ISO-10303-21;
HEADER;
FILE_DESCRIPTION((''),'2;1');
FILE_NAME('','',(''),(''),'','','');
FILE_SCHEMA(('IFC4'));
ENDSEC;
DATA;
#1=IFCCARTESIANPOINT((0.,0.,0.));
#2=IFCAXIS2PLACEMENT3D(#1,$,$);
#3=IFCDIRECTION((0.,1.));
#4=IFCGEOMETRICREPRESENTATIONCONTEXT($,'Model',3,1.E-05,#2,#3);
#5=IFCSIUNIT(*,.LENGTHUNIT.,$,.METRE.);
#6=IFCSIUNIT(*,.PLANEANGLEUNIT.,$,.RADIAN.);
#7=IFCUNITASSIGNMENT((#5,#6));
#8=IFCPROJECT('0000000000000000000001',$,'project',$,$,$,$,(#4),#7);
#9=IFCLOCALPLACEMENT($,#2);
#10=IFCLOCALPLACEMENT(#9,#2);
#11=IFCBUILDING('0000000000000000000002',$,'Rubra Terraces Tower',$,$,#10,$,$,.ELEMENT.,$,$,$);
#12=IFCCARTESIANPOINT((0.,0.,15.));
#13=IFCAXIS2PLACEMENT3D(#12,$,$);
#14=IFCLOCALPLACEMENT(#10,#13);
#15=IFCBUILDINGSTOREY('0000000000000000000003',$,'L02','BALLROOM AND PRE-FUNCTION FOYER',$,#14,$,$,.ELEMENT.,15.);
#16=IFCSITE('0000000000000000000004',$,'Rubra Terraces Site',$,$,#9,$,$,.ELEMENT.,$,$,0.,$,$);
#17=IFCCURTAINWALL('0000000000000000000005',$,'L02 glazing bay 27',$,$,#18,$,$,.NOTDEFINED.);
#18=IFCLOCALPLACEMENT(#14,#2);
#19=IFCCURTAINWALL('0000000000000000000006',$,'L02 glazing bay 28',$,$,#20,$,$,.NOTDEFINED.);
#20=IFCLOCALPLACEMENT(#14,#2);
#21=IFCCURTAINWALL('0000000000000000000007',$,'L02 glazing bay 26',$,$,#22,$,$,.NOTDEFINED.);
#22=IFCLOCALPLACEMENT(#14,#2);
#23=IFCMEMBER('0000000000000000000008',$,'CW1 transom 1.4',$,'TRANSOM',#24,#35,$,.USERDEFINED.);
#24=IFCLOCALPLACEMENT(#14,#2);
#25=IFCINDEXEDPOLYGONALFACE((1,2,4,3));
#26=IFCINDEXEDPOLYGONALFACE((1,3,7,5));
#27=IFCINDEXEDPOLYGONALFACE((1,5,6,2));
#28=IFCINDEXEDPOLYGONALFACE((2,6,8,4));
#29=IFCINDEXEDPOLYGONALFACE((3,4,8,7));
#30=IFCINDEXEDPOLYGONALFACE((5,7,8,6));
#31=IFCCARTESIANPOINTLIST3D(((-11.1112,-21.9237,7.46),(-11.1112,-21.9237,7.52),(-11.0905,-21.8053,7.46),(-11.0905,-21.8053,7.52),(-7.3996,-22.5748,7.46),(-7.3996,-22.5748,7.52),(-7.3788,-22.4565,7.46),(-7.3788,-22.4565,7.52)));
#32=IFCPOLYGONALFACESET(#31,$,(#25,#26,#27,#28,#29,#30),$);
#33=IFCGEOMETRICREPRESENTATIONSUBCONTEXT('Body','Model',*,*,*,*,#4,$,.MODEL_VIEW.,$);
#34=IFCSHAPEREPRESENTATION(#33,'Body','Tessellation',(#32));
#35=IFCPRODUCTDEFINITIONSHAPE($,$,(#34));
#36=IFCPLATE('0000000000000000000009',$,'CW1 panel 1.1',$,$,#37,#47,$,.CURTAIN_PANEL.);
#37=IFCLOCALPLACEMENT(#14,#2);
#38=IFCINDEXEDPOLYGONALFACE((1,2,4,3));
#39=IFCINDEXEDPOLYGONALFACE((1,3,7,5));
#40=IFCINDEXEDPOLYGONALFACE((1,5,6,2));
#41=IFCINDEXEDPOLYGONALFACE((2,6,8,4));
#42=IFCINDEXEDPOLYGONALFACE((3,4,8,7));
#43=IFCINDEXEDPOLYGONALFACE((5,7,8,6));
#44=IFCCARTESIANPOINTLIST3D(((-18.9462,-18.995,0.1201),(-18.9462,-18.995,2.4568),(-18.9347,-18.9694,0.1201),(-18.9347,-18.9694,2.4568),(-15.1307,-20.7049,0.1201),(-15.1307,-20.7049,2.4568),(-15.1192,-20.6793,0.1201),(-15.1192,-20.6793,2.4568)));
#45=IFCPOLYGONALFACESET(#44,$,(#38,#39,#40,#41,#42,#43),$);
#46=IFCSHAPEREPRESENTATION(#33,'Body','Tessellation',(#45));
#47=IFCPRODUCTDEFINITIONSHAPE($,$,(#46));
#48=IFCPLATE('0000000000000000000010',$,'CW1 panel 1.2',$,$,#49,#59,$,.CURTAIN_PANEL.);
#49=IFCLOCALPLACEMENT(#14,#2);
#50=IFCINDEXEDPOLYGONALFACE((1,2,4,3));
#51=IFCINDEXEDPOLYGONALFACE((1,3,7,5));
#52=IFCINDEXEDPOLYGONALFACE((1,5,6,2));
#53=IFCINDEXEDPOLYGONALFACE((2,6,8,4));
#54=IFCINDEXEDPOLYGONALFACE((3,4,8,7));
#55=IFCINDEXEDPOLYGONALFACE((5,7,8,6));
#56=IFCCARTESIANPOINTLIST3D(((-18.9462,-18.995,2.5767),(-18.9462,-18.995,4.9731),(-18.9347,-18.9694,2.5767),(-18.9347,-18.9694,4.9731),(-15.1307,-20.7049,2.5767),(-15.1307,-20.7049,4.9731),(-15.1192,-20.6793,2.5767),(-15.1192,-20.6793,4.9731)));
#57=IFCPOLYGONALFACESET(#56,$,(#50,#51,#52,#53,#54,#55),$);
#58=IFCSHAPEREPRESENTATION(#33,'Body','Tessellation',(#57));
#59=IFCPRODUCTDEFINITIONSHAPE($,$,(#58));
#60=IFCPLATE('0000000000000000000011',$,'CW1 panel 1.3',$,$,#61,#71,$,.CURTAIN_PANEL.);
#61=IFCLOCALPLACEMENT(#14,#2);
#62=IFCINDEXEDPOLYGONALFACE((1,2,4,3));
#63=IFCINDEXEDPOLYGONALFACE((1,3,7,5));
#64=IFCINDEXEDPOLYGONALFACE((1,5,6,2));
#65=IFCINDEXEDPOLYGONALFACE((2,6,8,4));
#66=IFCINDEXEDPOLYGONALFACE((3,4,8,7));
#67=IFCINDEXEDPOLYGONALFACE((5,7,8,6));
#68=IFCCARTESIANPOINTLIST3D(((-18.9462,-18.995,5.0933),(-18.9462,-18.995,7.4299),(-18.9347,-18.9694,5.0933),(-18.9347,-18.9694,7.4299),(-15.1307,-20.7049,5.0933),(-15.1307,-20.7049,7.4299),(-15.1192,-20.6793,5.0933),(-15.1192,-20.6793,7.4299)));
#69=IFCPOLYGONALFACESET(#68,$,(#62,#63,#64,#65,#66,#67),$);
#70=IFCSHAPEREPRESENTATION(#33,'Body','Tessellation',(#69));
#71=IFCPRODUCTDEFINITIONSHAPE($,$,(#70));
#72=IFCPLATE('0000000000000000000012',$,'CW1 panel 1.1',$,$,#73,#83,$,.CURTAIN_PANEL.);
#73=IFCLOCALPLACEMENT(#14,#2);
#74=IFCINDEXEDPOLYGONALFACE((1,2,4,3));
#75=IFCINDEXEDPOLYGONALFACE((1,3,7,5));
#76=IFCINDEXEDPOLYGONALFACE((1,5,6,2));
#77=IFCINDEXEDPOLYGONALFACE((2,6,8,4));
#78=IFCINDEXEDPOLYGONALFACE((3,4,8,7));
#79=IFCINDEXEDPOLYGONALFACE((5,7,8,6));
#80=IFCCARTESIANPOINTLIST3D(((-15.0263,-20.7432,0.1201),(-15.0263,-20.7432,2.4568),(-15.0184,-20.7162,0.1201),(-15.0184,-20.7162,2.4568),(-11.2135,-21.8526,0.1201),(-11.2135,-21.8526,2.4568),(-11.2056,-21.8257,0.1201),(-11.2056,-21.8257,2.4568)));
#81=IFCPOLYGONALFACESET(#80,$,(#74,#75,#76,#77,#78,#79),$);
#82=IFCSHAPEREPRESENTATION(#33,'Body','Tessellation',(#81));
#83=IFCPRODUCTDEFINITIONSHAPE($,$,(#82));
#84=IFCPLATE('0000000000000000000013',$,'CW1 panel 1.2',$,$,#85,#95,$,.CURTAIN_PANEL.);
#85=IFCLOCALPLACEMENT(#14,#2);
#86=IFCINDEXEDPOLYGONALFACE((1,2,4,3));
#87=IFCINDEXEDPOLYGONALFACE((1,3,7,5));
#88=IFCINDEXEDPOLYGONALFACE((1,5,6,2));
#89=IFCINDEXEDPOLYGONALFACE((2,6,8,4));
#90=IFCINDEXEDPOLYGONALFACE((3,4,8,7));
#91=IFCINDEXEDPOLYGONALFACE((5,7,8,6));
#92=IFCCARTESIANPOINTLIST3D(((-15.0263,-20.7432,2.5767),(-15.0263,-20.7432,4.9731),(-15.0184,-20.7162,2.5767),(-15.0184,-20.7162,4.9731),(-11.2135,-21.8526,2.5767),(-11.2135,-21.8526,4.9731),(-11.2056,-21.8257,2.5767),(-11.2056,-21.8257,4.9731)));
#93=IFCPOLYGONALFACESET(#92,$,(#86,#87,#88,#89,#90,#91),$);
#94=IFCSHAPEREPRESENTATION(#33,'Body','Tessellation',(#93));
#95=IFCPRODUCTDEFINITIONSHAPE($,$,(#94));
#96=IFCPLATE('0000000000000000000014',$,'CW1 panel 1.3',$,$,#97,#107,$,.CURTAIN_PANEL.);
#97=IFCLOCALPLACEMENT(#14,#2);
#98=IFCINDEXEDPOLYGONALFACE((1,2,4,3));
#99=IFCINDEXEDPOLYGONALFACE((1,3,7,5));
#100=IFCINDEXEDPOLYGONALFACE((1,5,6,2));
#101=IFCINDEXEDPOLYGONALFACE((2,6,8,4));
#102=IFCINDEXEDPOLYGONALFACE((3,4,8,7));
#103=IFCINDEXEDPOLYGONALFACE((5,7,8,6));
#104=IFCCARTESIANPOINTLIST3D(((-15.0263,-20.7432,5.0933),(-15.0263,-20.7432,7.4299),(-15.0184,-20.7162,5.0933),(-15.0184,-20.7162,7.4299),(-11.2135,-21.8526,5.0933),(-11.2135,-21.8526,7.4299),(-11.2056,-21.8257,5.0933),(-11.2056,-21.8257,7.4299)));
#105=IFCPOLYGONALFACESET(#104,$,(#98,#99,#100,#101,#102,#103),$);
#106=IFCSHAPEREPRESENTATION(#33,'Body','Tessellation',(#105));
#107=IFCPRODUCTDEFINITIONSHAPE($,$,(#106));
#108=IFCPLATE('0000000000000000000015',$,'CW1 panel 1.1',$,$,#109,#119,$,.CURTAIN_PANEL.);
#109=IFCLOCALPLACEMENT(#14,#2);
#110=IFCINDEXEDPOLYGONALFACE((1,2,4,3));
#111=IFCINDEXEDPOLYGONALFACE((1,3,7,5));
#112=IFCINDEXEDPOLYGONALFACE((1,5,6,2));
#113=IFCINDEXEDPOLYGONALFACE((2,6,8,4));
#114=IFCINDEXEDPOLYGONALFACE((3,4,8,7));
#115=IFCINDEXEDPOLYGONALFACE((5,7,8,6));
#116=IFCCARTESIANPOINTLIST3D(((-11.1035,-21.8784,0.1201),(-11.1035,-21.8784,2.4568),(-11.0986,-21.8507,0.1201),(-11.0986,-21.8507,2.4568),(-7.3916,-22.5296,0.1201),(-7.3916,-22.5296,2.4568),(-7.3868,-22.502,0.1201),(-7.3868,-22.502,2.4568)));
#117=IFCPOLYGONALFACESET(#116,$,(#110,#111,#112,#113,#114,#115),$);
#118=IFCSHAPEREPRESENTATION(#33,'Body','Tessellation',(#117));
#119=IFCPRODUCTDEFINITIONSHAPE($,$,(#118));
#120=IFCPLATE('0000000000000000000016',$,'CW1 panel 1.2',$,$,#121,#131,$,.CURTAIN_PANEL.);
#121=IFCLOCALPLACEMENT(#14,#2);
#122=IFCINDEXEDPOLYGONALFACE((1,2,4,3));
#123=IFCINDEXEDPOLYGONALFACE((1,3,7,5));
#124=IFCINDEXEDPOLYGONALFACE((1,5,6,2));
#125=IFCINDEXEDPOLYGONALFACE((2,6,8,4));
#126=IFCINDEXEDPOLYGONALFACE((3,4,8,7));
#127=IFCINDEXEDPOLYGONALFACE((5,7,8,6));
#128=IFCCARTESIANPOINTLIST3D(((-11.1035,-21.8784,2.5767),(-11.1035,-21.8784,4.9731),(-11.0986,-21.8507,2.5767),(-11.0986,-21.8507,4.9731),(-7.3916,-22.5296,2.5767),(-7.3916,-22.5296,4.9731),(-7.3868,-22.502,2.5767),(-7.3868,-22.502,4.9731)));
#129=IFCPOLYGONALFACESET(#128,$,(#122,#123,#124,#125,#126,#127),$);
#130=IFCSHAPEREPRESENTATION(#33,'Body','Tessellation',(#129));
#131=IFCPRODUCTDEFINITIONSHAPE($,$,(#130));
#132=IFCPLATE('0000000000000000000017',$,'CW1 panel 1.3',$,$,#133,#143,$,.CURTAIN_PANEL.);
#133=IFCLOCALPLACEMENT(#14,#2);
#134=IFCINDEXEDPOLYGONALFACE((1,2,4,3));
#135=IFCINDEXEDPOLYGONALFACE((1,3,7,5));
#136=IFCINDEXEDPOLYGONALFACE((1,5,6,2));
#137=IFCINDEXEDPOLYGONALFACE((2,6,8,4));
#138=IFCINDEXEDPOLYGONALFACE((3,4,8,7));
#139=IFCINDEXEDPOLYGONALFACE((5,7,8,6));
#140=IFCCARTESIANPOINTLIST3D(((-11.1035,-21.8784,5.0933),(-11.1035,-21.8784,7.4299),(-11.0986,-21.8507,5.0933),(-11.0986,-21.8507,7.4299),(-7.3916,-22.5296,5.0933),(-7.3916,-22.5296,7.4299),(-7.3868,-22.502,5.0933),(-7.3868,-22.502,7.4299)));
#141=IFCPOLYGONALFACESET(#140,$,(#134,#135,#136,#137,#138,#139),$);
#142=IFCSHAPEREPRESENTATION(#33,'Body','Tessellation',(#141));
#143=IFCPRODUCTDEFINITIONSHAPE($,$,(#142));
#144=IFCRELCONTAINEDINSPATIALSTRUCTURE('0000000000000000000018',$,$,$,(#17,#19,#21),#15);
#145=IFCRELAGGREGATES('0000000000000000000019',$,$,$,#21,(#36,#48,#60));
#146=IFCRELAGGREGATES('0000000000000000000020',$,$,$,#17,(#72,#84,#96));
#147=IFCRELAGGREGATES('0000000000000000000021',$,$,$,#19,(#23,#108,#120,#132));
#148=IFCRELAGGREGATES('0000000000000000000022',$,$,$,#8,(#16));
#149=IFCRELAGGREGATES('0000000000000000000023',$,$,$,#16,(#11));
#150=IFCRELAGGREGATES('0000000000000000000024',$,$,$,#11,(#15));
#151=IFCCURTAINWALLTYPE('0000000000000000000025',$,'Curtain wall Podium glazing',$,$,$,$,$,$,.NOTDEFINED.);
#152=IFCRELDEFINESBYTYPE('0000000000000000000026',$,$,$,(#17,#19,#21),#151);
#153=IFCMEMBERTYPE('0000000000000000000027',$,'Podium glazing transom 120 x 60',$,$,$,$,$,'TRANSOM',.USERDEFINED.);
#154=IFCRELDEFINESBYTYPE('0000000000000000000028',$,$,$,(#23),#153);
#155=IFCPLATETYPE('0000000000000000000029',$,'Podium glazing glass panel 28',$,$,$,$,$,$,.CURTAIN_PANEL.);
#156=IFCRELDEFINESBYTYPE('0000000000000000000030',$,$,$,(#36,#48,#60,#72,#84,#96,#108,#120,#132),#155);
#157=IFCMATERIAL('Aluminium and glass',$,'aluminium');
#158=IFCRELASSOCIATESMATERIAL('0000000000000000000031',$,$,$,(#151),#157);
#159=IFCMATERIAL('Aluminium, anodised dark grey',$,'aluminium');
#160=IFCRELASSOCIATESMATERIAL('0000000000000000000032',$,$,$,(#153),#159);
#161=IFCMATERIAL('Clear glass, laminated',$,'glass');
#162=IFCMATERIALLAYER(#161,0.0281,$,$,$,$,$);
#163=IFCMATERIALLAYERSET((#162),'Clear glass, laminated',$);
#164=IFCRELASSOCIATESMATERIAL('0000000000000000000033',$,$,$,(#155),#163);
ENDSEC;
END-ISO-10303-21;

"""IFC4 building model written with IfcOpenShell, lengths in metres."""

from ifc_helpers import new_model, si_unit, direction, frame, origin, origin_2d, place, context, subcontext, project, spatial, rectangle, extrude, material, layer, layer_set, material_profile, profile_set, type_object, element, aggregate, save


model = new_model("IFC4")

# Units and contexts
model_context = context("Model", 3, precision=1e-05, world=origin(), true_north=direction((0.0, 1.0)))
body_context = subcontext(model_context, "Body", "Model", "MODEL_VIEW")
ifc_project = project(units=[si_unit("LENGTHUNIT", "METRE"), si_unit("PLANEANGLEUNIT", "RADIAN")], contexts=[model_context])

# Site, building, storey
site_placement = place(None, origin())
site = spatial("IfcSite", under=ifc_project, at=site_placement, Name="Rubra Terraces Site", CompositionType="ELEMENT", RefElevation=0.0)
building_placement = place(site_placement, origin())
building = spatial("IfcBuilding", under=site, at=building_placement, Name="Rubra Terraces Tower", CompositionType="ELEMENT")
storey_placement = place(building_placement, frame((0.0, 0.0, 15.0)))
storey = spatial("IfcBuildingStorey", under=building, at=storey_placement, Name="L02", Description="BALLROOM AND PRE-FUNCTION FOYER", CompositionType="ELEMENT", Elevation=15.0)

# Curtain walls
ifc_material_1 = material(Name="Aluminium and glass", Category="aluminium")
curtain_wall_type = type_object("IfcCurtainWallType", Name="Curtain wall Podium glazing", PredefinedType="NOTDEFINED", material=ifc_material_1)
curtain_wall_1_placement = place(storey_placement, origin())
curtain_wall_1 = element("IfcCurtainWall", 1, at=curtain_wall_1_placement, inside=storey, type_object=curtain_wall_type, Name="L02 glazing bay 27", PredefinedType="NOTDEFINED")
ifc_material_2 = material(Name="Aluminium, anodised dark grey", Category="aluminium")
curtain_wall_2_placement = place(storey_placement, origin())
curtain_wall_2 = element("IfcCurtainWall", 2, at=curtain_wall_2_placement, inside=storey, type_object=curtain_wall_type, Name="L02 glazing bay 28", PredefinedType="NOTDEFINED")

# Curtain wall
curtain_wall_3_placement = place(storey_placement, origin())
curtain_wall_3 = element("IfcCurtainWall", 3, at=curtain_wall_3_placement, inside=storey, type_object=curtain_wall_type, Name="L02 glazing bay 26", PredefinedType="NOTDEFINED")
ifc_material_profile_1 = material_profile(ifc_material_2, rectangle(XDim=0.1201, YDim=0.0601, at=origin_2d()), Name="AL 120x60")
ifc_profile_set_1 = profile_set([ifc_material_profile_1], Name="Aluminium, anodised dark grey")
member_type_1 = type_object("IfcMemberType", Name="Podium glazing transom 120 x 60", ElementType="TRANSOM", PredefinedType="USERDEFINED", material=ifc_profile_set_1)

# Member
member_1_placement = place(storey_placement, frame((-11.1008, -21.8645, 7.49), z_axis=(0.984959, -0.172787, 0.0), x_axis=(0.172787, 0.984959, 0.0)))
member_1 = element("IfcMember", 4, at=member_1_placement, type_object=member_type_1, Name="CW1 transom 1.4", ObjectType="TRANSOM", PredefinedType="USERDEFINED", context=body_context, shape_type="SweptSolid", body=[
    extrude(rectangle(XDim=0.1201, YDim=0.0601, at=origin_2d()), origin(), (0.0, 0.0, 1.0), 3.7683),
])

# Plates
ifc_material_3 = material(Name="Clear glass, laminated", Category="glass")
ifc_layer = layer(ifc_material_3, 0.0281)
ifc_layer_set = layer_set([ifc_layer], Name="Clear glass, laminated")
plate_type = type_object("IfcPlateType", Name="Podium glazing glass panel 28", PredefinedType="CURTAIN_PANEL", material=ifc_layer_set)
plate_1_placement = place(storey_placement, frame((-17.0327, -19.8372, 0.1201), z_axis=(0.0, 0.0, 1.0), x_axis=(0.912551, -0.408962, 0.0)))
plate_1 = element("IfcPlate", 5, at=plate_1_placement, type_object=plate_type, Name="CW1 panel 1.1", PredefinedType="CURTAIN_PANEL", context=body_context, shape_type="SweptSolid", body=[
    extrude(rectangle(XDim=4.1812, YDim=0.0281, at=origin_2d()), origin(), (0.0, 0.0, 1.0), 2.3367),
])
plate_2_placement = place(storey_placement, frame((-17.0327, -19.8372, 2.5767), z_axis=(0.0, 0.0, 1.0), x_axis=(0.912551, -0.408962, 0.0)))
plate_2 = element("IfcPlate", 6, at=plate_2_placement, type_object=plate_type, Name="CW1 panel 1.2", PredefinedType="CURTAIN_PANEL", context=body_context, shape_type="SweptSolid", body=[
    extrude(rectangle(XDim=4.1812, YDim=0.0281, at=origin_2d()), origin(), (0.0, 0.0, 1.0), 2.3965),
])
plate_3_placement = place(storey_placement, frame((-17.0327, -19.8372, 5.0933), z_axis=(0.0, 0.0, 1.0), x_axis=(0.912551, -0.408962, 0.0)))
plate_3 = element("IfcPlate", 7, at=plate_3_placement, type_object=plate_type, Name="CW1 panel 1.3", PredefinedType="CURTAIN_PANEL", context=body_context, shape_type="SweptSolid", body=[
    extrude(rectangle(XDim=4.1812, YDim=0.0281, at=origin_2d()), origin(), (0.0, 0.0, 1.0), 2.3367),
])
aggregate(curtain_wall_3, [plate_1, plate_2, plate_3])
plate_4_placement = place(storey_placement, frame((-13.116, -21.2844, 0.1201), z_axis=(0.0, 0.0, 1.0), x_axis=(0.960175, -0.279399, 0.0)))
plate_4 = element("IfcPlate", 8, at=plate_4_placement, type_object=plate_type, Name="CW1 panel 1.1", PredefinedType="CURTAIN_PANEL", context=body_context, shape_type="SweptSolid", body=[
    extrude(rectangle(XDim=3.9709, YDim=0.0281, at=origin_2d()), origin(), (0.0, 0.0, 1.0), 2.3367),
])
plate_5_placement = place(storey_placement, frame((-13.116, -21.2844, 2.5767), z_axis=(0.0, 0.0, 1.0), x_axis=(0.960175, -0.279399, 0.0)))
plate_5 = element("IfcPlate", 9, at=plate_5_placement, type_object=plate_type, Name="CW1 panel 1.2", PredefinedType="CURTAIN_PANEL", context=body_context, shape_type="SweptSolid", body=[
    extrude(rectangle(XDim=3.9709, YDim=0.0281, at=origin_2d()), origin(), (0.0, 0.0, 1.0), 2.3965),
])
plate_6_placement = place(storey_placement, frame((-13.116, -21.2844, 5.0933), z_axis=(0.0, 0.0, 1.0), x_axis=(0.960175, -0.279399, 0.0)))
plate_6 = element("IfcPlate", 10, at=plate_6_placement, type_object=plate_type, Name="CW1 panel 1.3", PredefinedType="CURTAIN_PANEL", context=body_context, shape_type="SweptSolid", body=[
    extrude(rectangle(XDim=3.9709, YDim=0.0281, at=origin_2d()), origin(), (0.0, 0.0, 1.0), 2.3367),
])
aggregate(curtain_wall_1, [plate_4, plate_5, plate_6])
plate_7_placement = place(storey_placement, frame((-9.2451, -22.1902, 0.1201), z_axis=(0.0, 0.0, 1.0), x_axis=(0.984954, -0.172817, 0.0)))
plate_7 = element("IfcPlate", 11, at=plate_7_placement, type_object=plate_type, Name="CW1 panel 1.1", PredefinedType="CURTAIN_PANEL", context=body_context, shape_type="SweptSolid", body=[
    extrude(rectangle(XDim=3.7686, YDim=0.0281, at=origin_2d()), origin(), (0.0, 0.0, 1.0), 2.3367),
])
plate_8_placement = place(storey_placement, frame((-9.2451, -22.1902, 2.5767), z_axis=(0.0, 0.0, 1.0), x_axis=(0.984954, -0.172817, 0.0)))
plate_8 = element("IfcPlate", 12, at=plate_8_placement, type_object=plate_type, Name="CW1 panel 1.2", PredefinedType="CURTAIN_PANEL", context=body_context, shape_type="SweptSolid", body=[
    extrude(rectangle(XDim=3.7686, YDim=0.0281, at=origin_2d()), origin(), (0.0, 0.0, 1.0), 2.3965),
])
plate_9_placement = place(storey_placement, frame((-9.2451, -22.1902, 5.0933), z_axis=(0.0, 0.0, 1.0), x_axis=(0.984954, -0.172817, 0.0)))
plate_9 = element("IfcPlate", 13, at=plate_9_placement, type_object=plate_type, Name="CW1 panel 1.3", PredefinedType="CURTAIN_PANEL", context=body_context, shape_type="SweptSolid", body=[
    extrude(rectangle(XDim=3.7686, YDim=0.0281, at=origin_2d()), origin(), (0.0, 0.0, 1.0), 2.3367),
])
aggregate(curtain_wall_2, [member_1, plate_7, plate_8, plate_9])

save(model, "model.ifc")
